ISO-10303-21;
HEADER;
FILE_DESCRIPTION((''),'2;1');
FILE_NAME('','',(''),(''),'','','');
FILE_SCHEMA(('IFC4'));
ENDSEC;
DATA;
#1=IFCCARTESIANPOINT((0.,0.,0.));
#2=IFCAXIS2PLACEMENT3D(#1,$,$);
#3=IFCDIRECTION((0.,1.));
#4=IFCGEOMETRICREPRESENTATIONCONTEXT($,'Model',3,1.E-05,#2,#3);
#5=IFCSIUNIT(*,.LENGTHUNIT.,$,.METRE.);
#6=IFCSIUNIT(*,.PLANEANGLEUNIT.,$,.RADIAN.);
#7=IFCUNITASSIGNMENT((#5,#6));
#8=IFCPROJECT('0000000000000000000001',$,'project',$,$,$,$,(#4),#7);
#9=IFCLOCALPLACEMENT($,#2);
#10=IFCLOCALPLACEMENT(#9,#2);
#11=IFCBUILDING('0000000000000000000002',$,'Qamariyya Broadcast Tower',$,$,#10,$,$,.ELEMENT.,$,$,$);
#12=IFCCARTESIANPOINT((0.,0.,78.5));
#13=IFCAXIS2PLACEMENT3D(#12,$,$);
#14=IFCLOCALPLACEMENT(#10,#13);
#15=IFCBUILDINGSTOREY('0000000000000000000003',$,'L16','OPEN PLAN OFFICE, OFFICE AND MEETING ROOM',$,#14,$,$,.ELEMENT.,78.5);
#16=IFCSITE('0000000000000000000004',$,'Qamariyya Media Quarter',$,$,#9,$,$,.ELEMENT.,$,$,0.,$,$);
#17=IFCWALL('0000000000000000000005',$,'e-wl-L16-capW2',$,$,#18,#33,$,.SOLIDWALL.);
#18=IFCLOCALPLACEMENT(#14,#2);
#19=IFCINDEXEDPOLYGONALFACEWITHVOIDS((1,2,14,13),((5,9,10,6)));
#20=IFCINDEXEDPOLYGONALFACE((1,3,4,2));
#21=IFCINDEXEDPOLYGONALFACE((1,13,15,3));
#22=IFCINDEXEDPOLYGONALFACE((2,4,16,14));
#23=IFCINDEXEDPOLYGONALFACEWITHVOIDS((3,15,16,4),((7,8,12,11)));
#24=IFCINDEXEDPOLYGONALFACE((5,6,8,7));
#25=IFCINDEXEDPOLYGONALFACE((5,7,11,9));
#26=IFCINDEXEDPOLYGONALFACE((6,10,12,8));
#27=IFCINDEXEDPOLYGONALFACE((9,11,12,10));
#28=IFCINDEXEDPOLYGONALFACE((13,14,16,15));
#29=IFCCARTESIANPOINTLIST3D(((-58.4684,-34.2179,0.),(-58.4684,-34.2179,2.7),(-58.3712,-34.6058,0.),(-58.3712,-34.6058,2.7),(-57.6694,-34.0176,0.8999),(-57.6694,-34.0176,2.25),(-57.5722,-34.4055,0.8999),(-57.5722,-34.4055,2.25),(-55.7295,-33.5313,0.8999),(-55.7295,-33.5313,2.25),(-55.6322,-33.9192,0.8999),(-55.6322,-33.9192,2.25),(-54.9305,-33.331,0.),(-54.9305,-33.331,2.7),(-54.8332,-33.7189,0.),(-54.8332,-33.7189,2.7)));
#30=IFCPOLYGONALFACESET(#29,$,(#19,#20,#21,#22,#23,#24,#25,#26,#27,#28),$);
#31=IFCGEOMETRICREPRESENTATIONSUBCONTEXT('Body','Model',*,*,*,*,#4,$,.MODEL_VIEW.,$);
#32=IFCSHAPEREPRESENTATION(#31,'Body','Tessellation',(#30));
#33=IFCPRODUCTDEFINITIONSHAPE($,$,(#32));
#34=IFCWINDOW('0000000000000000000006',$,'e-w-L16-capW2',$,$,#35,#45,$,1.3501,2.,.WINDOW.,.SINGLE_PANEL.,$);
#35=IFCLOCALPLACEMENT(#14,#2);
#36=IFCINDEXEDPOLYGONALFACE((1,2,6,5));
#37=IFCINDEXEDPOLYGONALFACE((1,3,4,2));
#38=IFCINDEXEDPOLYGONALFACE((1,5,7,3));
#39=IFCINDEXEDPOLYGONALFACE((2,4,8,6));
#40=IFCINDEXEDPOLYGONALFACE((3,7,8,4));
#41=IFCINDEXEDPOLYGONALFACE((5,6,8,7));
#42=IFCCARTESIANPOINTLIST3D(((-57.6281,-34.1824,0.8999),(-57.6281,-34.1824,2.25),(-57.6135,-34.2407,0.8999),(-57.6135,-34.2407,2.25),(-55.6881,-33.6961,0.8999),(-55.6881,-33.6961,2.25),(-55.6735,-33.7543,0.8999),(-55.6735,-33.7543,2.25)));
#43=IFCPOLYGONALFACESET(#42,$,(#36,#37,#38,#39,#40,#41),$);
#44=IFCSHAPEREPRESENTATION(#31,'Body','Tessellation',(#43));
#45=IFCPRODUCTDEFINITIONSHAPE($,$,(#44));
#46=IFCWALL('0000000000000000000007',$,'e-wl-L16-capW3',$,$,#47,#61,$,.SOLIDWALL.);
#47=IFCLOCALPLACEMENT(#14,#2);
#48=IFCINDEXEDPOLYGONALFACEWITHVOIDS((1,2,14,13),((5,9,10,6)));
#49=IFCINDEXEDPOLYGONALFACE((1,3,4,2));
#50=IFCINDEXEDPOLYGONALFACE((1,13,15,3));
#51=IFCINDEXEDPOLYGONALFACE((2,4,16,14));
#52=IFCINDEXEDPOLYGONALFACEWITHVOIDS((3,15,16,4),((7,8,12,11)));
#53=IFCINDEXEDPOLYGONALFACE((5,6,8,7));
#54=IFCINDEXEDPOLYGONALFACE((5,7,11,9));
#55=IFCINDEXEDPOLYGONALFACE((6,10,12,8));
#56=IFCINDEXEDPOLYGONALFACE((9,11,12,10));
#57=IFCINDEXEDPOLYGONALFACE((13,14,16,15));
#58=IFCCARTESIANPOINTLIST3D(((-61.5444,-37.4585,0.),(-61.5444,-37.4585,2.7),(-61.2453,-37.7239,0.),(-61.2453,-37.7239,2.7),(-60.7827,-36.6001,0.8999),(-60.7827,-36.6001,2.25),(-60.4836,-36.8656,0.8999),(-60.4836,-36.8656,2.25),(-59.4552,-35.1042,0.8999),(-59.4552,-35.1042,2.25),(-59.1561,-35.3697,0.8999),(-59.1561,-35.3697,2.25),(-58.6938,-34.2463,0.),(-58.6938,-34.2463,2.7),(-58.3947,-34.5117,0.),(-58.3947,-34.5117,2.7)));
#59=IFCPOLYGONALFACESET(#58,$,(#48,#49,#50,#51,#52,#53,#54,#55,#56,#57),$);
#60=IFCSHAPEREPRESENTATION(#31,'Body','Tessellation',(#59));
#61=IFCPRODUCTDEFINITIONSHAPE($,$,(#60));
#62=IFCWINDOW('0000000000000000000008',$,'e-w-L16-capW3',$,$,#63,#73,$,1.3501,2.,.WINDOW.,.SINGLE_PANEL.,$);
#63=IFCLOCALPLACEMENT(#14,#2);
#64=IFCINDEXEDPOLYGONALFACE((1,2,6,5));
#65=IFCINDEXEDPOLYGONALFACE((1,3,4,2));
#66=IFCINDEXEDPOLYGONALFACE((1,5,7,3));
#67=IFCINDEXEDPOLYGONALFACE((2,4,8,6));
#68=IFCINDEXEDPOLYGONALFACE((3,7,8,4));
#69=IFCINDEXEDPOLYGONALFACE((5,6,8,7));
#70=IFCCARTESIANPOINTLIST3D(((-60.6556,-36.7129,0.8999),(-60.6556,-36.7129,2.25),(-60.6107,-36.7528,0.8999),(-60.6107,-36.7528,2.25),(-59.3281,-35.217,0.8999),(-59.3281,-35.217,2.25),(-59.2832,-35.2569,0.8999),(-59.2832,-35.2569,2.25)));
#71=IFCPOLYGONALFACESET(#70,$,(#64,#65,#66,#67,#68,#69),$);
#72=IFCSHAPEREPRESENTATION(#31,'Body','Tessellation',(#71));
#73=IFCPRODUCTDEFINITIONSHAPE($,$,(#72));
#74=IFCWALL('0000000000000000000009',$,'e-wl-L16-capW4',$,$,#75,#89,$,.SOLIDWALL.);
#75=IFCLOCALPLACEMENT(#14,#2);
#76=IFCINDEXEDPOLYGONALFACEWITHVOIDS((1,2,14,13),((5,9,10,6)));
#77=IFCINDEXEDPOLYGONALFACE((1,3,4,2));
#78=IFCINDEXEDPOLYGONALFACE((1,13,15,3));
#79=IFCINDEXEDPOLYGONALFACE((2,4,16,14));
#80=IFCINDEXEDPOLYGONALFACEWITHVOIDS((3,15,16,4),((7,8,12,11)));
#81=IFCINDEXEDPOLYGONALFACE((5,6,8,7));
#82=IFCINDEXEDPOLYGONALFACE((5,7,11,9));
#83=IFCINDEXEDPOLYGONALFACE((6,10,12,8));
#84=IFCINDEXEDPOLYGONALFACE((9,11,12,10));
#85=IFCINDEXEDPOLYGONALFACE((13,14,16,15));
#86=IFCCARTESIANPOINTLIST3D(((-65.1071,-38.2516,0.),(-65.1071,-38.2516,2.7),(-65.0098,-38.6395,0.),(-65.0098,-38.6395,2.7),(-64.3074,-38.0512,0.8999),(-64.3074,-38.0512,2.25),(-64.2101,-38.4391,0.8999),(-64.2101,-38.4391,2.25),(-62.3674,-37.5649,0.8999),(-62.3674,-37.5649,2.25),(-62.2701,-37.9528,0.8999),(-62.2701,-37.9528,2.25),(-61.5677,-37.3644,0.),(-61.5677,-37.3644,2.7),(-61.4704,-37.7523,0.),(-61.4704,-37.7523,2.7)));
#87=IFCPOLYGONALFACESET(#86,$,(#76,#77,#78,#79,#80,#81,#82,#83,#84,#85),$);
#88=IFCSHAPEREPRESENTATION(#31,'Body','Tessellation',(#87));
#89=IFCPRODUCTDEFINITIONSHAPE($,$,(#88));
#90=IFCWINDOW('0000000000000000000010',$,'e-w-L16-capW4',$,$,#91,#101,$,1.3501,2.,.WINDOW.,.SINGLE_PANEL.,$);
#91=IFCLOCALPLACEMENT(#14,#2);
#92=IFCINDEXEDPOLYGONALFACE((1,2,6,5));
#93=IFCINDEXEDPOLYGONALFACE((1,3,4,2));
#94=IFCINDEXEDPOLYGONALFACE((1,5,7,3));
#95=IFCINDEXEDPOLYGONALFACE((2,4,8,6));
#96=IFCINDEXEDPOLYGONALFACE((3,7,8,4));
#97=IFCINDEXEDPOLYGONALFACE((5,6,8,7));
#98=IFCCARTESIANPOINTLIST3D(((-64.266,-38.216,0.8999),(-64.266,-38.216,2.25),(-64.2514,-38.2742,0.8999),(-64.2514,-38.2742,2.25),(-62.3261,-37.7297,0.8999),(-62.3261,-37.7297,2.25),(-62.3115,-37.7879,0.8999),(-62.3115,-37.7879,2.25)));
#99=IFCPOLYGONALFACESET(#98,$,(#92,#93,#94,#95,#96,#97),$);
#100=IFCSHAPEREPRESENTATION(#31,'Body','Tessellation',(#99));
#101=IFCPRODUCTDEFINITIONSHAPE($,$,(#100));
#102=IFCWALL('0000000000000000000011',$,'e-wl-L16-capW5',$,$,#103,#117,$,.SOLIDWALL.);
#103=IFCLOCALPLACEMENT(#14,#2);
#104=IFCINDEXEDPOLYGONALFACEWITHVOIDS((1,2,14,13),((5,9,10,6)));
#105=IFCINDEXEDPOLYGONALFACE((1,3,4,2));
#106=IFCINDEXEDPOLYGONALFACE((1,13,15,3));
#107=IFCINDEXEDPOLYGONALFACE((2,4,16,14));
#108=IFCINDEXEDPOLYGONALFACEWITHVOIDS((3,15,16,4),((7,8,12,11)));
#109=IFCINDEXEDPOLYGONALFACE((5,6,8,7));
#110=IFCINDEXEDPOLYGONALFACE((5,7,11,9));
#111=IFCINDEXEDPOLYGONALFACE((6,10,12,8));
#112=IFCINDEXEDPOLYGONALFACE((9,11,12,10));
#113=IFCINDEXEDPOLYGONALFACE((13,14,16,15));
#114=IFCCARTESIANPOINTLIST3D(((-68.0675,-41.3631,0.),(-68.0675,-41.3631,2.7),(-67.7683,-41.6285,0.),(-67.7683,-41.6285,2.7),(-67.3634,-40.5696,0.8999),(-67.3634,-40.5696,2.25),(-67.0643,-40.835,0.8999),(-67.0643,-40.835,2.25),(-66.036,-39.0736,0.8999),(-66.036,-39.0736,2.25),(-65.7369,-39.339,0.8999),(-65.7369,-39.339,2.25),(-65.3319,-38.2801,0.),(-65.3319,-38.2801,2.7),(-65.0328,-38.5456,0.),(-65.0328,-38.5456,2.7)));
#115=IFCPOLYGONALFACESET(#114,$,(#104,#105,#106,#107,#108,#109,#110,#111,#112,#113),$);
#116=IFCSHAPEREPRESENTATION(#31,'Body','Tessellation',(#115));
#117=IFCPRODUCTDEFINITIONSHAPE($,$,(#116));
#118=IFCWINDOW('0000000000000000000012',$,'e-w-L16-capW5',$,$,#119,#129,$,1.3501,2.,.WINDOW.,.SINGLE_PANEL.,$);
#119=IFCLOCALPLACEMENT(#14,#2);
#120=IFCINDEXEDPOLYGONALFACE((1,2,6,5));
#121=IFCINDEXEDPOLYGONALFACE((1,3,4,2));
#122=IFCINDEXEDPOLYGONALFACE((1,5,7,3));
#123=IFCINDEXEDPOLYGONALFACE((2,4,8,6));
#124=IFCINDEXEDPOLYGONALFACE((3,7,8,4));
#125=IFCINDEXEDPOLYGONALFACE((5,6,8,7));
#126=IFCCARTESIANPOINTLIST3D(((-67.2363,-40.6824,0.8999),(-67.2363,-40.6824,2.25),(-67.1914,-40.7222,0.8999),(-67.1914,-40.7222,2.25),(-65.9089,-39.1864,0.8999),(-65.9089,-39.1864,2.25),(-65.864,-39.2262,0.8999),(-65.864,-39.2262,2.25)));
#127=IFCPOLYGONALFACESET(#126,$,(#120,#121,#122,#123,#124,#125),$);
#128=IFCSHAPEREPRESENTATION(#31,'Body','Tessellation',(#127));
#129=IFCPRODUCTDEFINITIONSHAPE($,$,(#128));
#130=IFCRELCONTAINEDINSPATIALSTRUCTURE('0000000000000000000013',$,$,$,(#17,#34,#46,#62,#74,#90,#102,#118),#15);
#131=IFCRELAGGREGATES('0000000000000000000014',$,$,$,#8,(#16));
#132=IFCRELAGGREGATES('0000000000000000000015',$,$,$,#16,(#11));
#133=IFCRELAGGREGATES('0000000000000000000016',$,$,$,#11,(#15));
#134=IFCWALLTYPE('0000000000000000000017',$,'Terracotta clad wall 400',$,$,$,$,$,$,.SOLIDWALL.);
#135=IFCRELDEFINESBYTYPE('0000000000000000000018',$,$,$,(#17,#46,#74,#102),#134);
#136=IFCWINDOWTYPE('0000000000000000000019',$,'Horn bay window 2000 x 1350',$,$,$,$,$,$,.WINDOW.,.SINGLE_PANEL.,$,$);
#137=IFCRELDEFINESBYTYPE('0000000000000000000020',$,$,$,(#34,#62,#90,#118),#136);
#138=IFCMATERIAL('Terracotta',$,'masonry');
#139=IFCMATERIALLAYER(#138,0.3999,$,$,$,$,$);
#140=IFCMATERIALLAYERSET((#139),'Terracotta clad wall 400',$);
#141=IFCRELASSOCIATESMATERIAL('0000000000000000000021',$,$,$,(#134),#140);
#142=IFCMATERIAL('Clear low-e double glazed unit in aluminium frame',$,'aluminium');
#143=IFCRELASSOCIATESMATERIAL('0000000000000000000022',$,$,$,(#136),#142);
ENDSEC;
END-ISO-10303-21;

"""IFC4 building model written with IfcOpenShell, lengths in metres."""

from ifc_helpers import new_model, si_unit, direction, frame, frame_2d, origin, place, context, subcontext, project, spatial, rectangle, extrude, material, layer, layer_set, type_object, element, fill, save


model = new_model("IFC4")

# Units and contexts
model_context = context("Model", 3, precision=1e-05, world=origin(), true_north=direction((0.0, 1.0)))
body_context = subcontext(model_context, "Body", "Model", "MODEL_VIEW")
ifc_project = project(units=[si_unit("LENGTHUNIT", "METRE"), si_unit("PLANEANGLEUNIT", "RADIAN")], contexts=[model_context])

# Site, building, storey
site_placement = place(None, origin())
site = spatial("IfcSite", under=ifc_project, at=site_placement, Name="Qamariyya Media Quarter", CompositionType="ELEMENT", RefElevation=0.0)
building_placement = place(site_placement, origin())
building = spatial("IfcBuilding", under=site, at=building_placement, Name="Qamariyya Broadcast Tower", CompositionType="ELEMENT")
storey_placement = place(building_placement, frame((0.0, 0.0, 78.5)))
storey = spatial("IfcBuildingStorey", under=building, at=storey_placement, Name="L16", Description="OPEN PLAN OFFICE, OFFICE AND MEETING ROOM", CompositionType="ELEMENT", Elevation=78.5)

# Walls, openings, windows
ifc_material_1 = material(Name="Terracotta", Category="masonry")
ifc_layer = layer(ifc_material_1, 0.3999)
ifc_layer_set = layer_set([ifc_layer], Name="Terracotta clad wall 400")
wall_type = type_object("IfcWallType", Name="Terracotta clad wall 400", PredefinedType="SOLIDWALL", material=ifc_layer_set)
ifc_material_2 = material(Name="Clear low-e double glazed unit in aluminium frame", Category="aluminium")
window_type = type_object("IfcWindowType", Name="Horn bay window 2000 x 1350", PartitioningType="SINGLE_PANEL", PredefinedType="WINDOW", material=ifc_material_2)
wall_1_placement = place(storey_placement, frame((-54.8818, -33.5249, 0.0), z_axis=(0.0, 0.0, 1.0), x_axis=(-0.969985, -0.243166, 0.0)))
wall_1 = element("IfcWall", 1, at=wall_1_placement, inside=storey, type_object=wall_type, Name="e-wl-L16-capW2", PredefinedType="SOLIDWALL", context=body_context, shape_type="SweptSolid", body=[
    extrude(rectangle(XDim=3.6475, YDim=0.3999, at=frame_2d((1.8237, 0.0))), origin(), (0.0, 0.0, 1.0), 2.7),
])
opening_1_placement = place(wall_1_placement, frame((0.8237, 0.0, 0.8999)))
opening_1 = element("IfcOpeningElement", 2, at=opening_1_placement, cuts=wall_1, PredefinedType="OPENING", context=body_context, shape_type="SweptSolid", body=[
    extrude(rectangle(XDim=2.0, YDim=1.3501, at=frame_2d((1.0, 0.675))), frame((0.0, 0.21, 0.0), z_axis=(0.0, -1.0, 0.0), x_axis=(1.0, 0.0, 0.0)), (0.0, 0.0, 1.0), 0.4199),
])
window_1_placement = place(opening_1_placement, origin())
window_1 = element("IfcWindow", 3, at=window_1_placement, inside=storey, type_object=window_type, Name="e-w-L16-capW2", OverallHeight=1.3501, OverallWidth=2.0, PartitioningType="SINGLE_PANEL", PredefinedType="WINDOW", context=body_context, shape_type="SweptSolid", body=[
    extrude(rectangle(XDim=2.0, YDim=1.3501, at=frame_2d((1.0, 0.675))), frame((0.0, 0.03, 0.0), z_axis=(0.0, -1.0, 0.0), x_axis=(1.0, 0.0, 0.0)), (0.0, 0.0, 1.0), 0.0601),
])
fill(opening_1, window_1)
wall_2_placement = place(storey_placement, frame((-58.5442, -34.3789, 0.0), z_axis=(0.0, 0.0, 1.0), x_axis=(-0.663757, -0.747949, 0.0)))
wall_2 = element("IfcWall", 4, at=wall_2_placement, inside=storey, type_object=wall_type, Name="e-wl-L16-capW3", PredefinedType="SOLIDWALL", context=body_context, shape_type="SweptSolid", body=[
    extrude(rectangle(XDim=4.2947, YDim=0.3999, at=frame_2d((2.1475, 0.0))), origin(), (0.0, 0.0, 1.0), 2.7),
])
opening_2_placement = place(wall_2_placement, frame((1.1472, 0.0, 0.8999)))
opening_2 = element("IfcOpeningElement", 5, at=opening_2_placement, cuts=wall_2, PredefinedType="OPENING", context=body_context, shape_type="SweptSolid", body=[
    extrude(rectangle(XDim=2.0, YDim=1.3501, at=frame_2d((1.0, 0.675))), frame((0.0, 0.21, 0.0), z_axis=(0.0, -1.0, 0.0), x_axis=(1.0, 0.0, 0.0)), (0.0, 0.0, 1.0), 0.4199),
])
window_2_placement = place(opening_2_placement, origin())
window_2 = element("IfcWindow", 6, at=window_2_placement, inside=storey, type_object=window_type, Name="e-w-L16-capW3", OverallHeight=1.3501, OverallWidth=2.0, PartitioningType="SINGLE_PANEL", PredefinedType="WINDOW", context=body_context, shape_type="SweptSolid", body=[
    extrude(rectangle(XDim=2.0, YDim=1.3501, at=frame_2d((1.0, 0.675))), frame((0.0, 0.03, 0.0), z_axis=(0.0, -1.0, 0.0), x_axis=(1.0, 0.0, 0.0)), (0.0, 0.0, 1.0), 0.0601),
])
fill(opening_2, window_2)
wall_3_placement = place(storey_placement, frame((-61.519, -37.5583, 0.0), z_axis=(0.0, 0.0, 1.0), x_axis=(-0.969989, -0.24315, 0.0)))
wall_3 = element("IfcWall", 7, at=wall_3_placement, inside=storey, type_object=wall_type, Name="e-wl-L16-capW4", PredefinedType="SOLIDWALL", context=body_context, shape_type="SweptSolid", body=[
    extrude(rectangle(XDim=3.6489, YDim=0.3999, at=frame_2d((1.8245, 0.0))), origin(), (0.0, 0.0, 1.0), 2.7),
])
opening_3_placement = place(wall_3_placement, frame((0.8245, 0.0, 0.8999)))
opening_3 = element("IfcOpeningElement", 8, at=opening_3_placement, cuts=wall_3, PredefinedType="OPENING", context=body_context, shape_type="SweptSolid", body=[
    extrude(rectangle(XDim=2.0, YDim=1.3501, at=frame_2d((1.0, 0.675))), frame((0.0, 0.21, 0.0), z_axis=(0.0, -1.0, 0.0), x_axis=(1.0, 0.0, 0.0)), (0.0, 0.0, 1.0), 0.4199),
])
window_3_placement = place(opening_3_placement, origin())
window_3 = element("IfcWindow", 9, at=window_3_placement, inside=storey, type_object=window_type, Name="e-w-L16-capW4", OverallHeight=1.3501, OverallWidth=2.0, PartitioningType="SINGLE_PANEL", PredefinedType="WINDOW", context=body_context, shape_type="SweptSolid", body=[
    extrude(rectangle(XDim=2.0, YDim=1.3501, at=frame_2d((1.0, 0.675))), frame((0.0, 0.03, 0.0), z_axis=(0.0, -1.0, 0.0), x_axis=(1.0, 0.0, 0.0)), (0.0, 0.0, 1.0), 0.0601),
])
fill(opening_3, window_3)
wall_4_placement = place(storey_placement, frame((-65.1824, -38.4128, 0.0), z_axis=(0.0, 0.0, 1.0), x_axis=(-0.663705, -0.747994, 0.0)))
wall_4 = element("IfcWall", 10, at=wall_4_placement, inside=storey, type_object=wall_type, Name="e-wl-L16-capW5", PredefinedType="SOLIDWALL", context=body_context, shape_type="SweptSolid", body=[
    extrude(rectangle(XDim=4.1216, YDim=0.3999, at=frame_2d((2.0608, 0.0))), origin(), (0.0, 0.0, 1.0), 2.7),
])
opening_4_placement = place(wall_4_placement, frame((1.0608, 0.0, 0.8999)))
opening_4 = element("IfcOpeningElement", 11, at=opening_4_placement, cuts=wall_4, PredefinedType="OPENING", context=body_context, shape_type="SweptSolid", body=[
    extrude(rectangle(XDim=2.0, YDim=1.3501, at=frame_2d((1.0, 0.675))), frame((0.0, 0.21, 0.0), z_axis=(0.0, -1.0, 0.0), x_axis=(1.0, 0.0, 0.0)), (0.0, 0.0, 1.0), 0.4199),
])
window_4_placement = place(opening_4_placement, origin())
window_4 = element("IfcWindow", 12, at=window_4_placement, inside=storey, type_object=window_type, Name="e-w-L16-capW5", OverallHeight=1.3501, OverallWidth=2.0, PartitioningType="SINGLE_PANEL", PredefinedType="WINDOW", context=body_context, shape_type="SweptSolid", body=[
    extrude(rectangle(XDim=2.0, YDim=1.3501, at=frame_2d((1.0, 0.675))), frame((0.0, 0.03, 0.0), z_axis=(0.0, -1.0, 0.0), x_axis=(1.0, 0.0, 0.0)), (0.0, 0.0, 1.0), 0.0601),
])
fill(opening_4, window_4)

save(model, "model.ifc")
